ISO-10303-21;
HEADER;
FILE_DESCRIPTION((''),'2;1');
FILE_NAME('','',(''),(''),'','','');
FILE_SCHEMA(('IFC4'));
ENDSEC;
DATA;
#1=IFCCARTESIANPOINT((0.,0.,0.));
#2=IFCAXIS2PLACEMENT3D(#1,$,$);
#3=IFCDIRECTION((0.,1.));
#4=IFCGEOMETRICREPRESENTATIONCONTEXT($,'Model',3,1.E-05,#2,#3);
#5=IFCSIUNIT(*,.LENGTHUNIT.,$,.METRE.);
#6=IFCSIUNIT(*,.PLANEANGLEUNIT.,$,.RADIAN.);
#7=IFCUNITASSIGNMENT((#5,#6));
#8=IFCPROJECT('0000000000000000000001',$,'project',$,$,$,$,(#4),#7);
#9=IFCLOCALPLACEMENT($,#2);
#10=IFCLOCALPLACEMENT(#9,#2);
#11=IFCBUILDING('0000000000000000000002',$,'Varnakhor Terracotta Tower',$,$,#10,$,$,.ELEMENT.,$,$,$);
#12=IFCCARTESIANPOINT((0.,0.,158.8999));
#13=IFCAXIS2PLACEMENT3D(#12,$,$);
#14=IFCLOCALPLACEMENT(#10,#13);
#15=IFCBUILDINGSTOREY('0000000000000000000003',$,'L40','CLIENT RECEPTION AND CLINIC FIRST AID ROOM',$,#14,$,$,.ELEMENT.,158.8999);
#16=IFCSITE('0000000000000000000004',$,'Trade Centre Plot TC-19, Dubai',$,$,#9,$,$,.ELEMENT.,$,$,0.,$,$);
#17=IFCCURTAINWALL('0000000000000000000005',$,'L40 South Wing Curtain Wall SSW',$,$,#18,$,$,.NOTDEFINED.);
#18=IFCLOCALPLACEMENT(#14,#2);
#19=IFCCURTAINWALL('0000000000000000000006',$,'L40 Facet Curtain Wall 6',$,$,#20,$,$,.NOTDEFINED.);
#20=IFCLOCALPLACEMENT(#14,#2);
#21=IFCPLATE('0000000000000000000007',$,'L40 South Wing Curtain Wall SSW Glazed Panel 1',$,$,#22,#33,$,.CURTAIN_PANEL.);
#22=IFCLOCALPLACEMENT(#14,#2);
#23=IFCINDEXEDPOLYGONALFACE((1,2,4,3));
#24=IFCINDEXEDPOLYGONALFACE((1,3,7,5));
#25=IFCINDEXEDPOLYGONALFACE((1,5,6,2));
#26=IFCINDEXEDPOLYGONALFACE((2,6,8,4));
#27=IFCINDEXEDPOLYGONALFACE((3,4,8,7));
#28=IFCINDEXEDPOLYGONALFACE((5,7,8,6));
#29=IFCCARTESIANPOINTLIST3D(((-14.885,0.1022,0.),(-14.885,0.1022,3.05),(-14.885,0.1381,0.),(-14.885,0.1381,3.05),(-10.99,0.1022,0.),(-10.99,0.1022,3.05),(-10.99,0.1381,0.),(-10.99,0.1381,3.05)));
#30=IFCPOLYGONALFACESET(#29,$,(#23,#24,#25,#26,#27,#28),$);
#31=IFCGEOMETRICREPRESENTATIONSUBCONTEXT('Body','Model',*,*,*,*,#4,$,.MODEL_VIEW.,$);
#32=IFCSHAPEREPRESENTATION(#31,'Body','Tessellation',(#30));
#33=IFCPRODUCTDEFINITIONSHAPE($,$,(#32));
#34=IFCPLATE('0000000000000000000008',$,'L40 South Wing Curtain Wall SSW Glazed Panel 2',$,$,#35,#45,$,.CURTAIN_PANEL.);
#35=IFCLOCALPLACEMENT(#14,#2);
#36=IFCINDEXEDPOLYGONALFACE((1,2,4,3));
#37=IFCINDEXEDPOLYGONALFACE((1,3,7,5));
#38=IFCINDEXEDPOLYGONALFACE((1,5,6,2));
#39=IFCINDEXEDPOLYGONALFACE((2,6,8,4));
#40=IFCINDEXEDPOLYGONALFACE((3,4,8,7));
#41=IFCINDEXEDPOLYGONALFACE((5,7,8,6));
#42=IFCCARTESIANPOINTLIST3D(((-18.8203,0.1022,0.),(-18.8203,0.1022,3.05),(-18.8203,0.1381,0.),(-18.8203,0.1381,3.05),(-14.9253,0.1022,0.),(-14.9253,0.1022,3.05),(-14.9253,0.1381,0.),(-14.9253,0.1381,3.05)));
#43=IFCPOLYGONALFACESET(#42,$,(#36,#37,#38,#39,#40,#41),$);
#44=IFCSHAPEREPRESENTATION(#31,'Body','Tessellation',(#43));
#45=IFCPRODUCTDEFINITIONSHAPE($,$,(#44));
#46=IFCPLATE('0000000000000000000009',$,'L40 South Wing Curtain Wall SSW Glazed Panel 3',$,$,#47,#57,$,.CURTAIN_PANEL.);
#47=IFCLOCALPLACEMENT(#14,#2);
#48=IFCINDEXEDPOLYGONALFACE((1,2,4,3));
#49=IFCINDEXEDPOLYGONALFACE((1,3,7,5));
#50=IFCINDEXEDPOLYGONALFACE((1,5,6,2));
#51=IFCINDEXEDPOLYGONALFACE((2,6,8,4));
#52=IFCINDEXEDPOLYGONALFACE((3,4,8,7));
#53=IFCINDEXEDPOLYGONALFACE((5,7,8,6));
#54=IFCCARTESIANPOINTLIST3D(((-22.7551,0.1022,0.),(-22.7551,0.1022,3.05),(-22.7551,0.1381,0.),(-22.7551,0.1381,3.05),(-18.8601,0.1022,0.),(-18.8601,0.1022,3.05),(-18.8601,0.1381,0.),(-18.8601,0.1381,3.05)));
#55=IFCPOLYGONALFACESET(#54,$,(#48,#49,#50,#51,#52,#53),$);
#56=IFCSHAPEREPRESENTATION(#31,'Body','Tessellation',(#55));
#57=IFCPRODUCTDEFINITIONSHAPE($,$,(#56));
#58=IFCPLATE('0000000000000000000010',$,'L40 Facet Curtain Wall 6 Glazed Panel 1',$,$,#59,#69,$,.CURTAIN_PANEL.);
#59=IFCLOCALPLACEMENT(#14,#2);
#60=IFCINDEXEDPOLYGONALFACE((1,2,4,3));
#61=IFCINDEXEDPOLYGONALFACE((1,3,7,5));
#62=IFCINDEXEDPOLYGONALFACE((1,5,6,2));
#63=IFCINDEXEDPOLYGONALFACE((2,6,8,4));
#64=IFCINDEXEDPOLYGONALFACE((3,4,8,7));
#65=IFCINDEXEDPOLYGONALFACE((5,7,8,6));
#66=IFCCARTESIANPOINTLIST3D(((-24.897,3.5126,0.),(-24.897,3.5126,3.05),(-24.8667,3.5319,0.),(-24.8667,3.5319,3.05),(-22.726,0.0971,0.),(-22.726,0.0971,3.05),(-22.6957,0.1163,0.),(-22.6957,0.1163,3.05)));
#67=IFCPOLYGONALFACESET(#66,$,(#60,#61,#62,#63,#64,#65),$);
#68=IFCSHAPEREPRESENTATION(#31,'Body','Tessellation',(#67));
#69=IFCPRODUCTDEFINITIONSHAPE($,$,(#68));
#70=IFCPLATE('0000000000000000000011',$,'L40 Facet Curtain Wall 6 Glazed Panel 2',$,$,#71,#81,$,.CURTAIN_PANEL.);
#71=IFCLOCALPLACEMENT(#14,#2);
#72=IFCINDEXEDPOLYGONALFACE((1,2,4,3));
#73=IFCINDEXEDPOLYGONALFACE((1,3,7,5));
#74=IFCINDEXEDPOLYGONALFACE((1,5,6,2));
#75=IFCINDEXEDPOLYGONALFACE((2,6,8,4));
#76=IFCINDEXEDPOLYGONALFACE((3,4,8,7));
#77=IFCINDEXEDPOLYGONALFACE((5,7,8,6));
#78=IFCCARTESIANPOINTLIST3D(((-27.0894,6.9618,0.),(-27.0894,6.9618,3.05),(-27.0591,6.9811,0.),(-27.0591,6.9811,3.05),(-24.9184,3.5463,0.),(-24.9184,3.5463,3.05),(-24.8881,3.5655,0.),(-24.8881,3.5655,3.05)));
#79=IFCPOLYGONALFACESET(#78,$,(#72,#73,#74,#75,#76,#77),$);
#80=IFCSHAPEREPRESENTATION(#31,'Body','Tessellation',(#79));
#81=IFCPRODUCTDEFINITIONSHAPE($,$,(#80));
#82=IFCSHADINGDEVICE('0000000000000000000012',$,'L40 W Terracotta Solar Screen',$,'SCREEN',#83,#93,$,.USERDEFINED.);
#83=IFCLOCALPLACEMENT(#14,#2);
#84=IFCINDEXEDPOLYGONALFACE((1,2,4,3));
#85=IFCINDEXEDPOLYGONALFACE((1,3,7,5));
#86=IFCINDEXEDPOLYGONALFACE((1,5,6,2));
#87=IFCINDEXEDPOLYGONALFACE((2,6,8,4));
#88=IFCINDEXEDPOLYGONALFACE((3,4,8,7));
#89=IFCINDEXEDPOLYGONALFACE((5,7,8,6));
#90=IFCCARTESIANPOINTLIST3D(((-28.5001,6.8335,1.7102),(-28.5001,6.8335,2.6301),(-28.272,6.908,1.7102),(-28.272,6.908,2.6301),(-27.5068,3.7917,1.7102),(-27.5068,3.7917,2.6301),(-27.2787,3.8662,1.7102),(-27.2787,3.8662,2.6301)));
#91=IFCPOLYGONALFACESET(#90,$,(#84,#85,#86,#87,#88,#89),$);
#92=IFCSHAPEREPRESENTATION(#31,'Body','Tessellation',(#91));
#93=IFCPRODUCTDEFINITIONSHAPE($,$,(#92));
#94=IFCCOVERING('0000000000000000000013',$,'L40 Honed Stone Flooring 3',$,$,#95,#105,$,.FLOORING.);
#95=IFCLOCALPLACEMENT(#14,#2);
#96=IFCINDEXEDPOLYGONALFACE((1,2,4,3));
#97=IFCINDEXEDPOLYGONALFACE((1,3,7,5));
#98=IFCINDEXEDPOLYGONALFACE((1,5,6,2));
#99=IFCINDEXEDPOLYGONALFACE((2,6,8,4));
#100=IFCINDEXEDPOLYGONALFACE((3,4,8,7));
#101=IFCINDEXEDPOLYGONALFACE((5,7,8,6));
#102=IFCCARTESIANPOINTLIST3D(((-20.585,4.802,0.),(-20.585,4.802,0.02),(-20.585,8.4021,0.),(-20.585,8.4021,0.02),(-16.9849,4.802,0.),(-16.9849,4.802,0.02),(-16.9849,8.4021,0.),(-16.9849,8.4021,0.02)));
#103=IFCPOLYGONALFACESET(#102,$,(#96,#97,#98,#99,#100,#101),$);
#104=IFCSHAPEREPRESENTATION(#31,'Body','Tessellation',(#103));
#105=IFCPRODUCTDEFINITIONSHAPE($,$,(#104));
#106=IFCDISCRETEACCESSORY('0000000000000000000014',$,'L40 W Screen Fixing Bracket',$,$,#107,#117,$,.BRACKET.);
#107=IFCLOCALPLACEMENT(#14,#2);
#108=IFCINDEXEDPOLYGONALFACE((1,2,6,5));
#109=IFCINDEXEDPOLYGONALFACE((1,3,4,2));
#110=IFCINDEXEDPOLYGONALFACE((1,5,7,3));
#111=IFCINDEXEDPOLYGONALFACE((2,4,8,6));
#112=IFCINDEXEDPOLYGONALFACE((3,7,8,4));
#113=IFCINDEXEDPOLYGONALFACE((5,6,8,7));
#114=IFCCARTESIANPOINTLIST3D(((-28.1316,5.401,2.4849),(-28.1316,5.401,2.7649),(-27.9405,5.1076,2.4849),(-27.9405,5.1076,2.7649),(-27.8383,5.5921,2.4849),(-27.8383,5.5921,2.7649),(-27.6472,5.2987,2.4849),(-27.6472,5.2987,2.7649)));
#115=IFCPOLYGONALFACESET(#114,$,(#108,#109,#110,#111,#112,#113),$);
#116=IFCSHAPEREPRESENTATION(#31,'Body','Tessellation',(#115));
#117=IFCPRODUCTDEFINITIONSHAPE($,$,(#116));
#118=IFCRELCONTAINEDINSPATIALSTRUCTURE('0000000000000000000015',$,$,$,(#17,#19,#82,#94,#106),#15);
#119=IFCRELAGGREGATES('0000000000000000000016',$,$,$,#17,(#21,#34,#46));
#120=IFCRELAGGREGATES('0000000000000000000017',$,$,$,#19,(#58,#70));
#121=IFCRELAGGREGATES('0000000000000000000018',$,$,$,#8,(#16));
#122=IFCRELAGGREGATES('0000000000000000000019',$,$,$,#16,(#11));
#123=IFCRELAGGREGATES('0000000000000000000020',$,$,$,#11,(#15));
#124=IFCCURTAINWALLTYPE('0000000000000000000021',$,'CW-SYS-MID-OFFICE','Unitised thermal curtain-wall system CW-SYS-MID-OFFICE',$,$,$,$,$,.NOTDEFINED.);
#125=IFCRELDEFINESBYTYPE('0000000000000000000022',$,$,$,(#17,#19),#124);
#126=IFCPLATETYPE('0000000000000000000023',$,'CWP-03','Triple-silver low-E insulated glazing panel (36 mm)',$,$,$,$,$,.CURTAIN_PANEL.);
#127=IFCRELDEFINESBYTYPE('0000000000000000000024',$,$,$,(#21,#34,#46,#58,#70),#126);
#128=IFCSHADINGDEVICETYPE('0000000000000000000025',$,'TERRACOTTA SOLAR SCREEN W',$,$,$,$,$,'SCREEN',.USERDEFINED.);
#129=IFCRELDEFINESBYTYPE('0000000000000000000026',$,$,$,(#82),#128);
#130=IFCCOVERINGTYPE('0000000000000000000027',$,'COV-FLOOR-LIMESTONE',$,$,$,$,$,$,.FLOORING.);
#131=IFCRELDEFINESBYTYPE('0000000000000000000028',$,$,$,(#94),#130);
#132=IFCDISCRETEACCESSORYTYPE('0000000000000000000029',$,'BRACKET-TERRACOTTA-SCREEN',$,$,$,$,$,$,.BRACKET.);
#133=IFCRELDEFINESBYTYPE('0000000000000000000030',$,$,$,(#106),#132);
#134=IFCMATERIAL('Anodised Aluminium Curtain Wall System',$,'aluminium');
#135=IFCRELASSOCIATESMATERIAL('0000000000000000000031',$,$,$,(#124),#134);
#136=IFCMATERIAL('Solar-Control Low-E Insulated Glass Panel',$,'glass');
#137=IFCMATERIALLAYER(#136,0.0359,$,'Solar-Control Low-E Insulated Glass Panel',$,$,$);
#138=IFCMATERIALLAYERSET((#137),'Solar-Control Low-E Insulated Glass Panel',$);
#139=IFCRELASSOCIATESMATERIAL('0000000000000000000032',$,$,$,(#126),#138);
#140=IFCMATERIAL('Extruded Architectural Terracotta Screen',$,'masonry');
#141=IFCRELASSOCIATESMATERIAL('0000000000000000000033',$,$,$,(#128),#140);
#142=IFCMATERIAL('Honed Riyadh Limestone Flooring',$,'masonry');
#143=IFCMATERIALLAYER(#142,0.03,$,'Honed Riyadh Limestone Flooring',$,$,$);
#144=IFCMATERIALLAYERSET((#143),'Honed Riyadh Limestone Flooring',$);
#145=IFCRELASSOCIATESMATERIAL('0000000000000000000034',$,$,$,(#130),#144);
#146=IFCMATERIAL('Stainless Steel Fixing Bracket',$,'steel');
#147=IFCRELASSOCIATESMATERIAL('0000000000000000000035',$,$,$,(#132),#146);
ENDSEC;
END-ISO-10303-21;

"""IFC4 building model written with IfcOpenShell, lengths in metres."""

from ifc_helpers import new_model, si_unit, direction, frame, origin, origin_2d, place, context, subcontext, project, spatial, rectangle, extrude, source, transform, mapped, material, layer, layer_set, type_object, type_shapes, element, aggregate, save


model = new_model("IFC4")

# Units and contexts
model_context = context("Model", 3, precision=1e-05, world=origin(), true_north=direction((0.0, 1.0)))
body_context = subcontext(model_context, "Body", "Model", "MODEL_VIEW")
ifc_project = project(units=[si_unit("LENGTHUNIT", "METRE"), si_unit("PLANEANGLEUNIT", "RADIAN")], contexts=[model_context])

# Site, building, storey
site_placement = place(None, origin())
site = spatial("IfcSite", under=ifc_project, at=site_placement, Name="Trade Centre Plot TC-19, Dubai", CompositionType="ELEMENT", RefElevation=0.0)
building_placement = place(site_placement, origin())
building = spatial("IfcBuilding", under=site, at=building_placement, Name="Varnakhor Terracotta Tower", CompositionType="ELEMENT")
storey_placement = place(building_placement, frame((0.0, 0.0, 158.8999)))
storey = spatial("IfcBuildingStorey", under=building, at=storey_placement, Name="L40", Description="CLIENT RECEPTION AND CLINIC FIRST AID ROOM", CompositionType="ELEMENT", Elevation=158.8999)

# Curtain walls
ifc_material_1 = material(Name="Anodised Aluminium Curtain Wall System", Category="aluminium")
curtain_wall_type = type_object("IfcCurtainWallType", Name="CW-SYS-MID-OFFICE", Description="Unitised thermal curtain-wall system CW-SYS-MID-OFFICE", PredefinedType="NOTDEFINED", material=ifc_material_1)
curtain_wall_1_placement = place(storey_placement, origin())
curtain_wall_1 = element("IfcCurtainWall", 1, at=curtain_wall_1_placement, inside=storey, type_object=curtain_wall_type, Name="L40 South Wing Curtain Wall SSW", PredefinedType="NOTDEFINED")
curtain_wall_2_placement = place(storey_placement, origin())
curtain_wall_2 = element("IfcCurtainWall", 2, at=curtain_wall_2_placement, inside=storey, type_object=curtain_wall_type, Name="L40 Facet Curtain Wall 6", PredefinedType="NOTDEFINED")

# Plates
ifc_material_2 = material(Name="Solar-Control Low-E Insulated Glass Panel", Category="glass")
ifc_layer_1 = layer(ifc_material_2, 0.0359, Name="Solar-Control Low-E Insulated Glass Panel")
ifc_layer_set_1 = layer_set([ifc_layer_1], Name="Solar-Control Low-E Insulated Glass Panel")
plate_type = type_object("IfcPlateType", Name="CWP-03", Description="Triple-silver low-E insulated glazing panel (36 mm)", PredefinedType="CURTAIN_PANEL", material=ifc_layer_set_1)
shared_shape_1 = source(origin(), body_context, "Body", "SweptSolid", [
    extrude(rectangle(XDim=3.895, YDim=0.0359, at=origin_2d()), origin(), (0.0, 0.0, 1.0), 3.05),
])
plate_1_placement = place(storey_placement, frame((-12.9375, 0.1201, 0.0), z_axis=(0.0, 0.0, 1.0), x_axis=(-1.0, 0.0, 0.0)))
plate_1 = element("IfcPlate", 3, at=plate_1_placement, type_object=plate_type, Name="L40 South Wing Curtain Wall SSW Glazed Panel 1", PredefinedType="CURTAIN_PANEL", context=body_context, shape_type="MappedRepresentation", body=[
    mapped(shared_shape_1, transform((0.0, 0.0, 0.0), scale=1.0)),
])
plate_2_placement = place(storey_placement, frame((-16.8728, 0.1201, 0.0), z_axis=(0.0, 0.0, 1.0), x_axis=(-1.0, 0.0, 0.0)))
plate_2 = element("IfcPlate", 4, at=plate_2_placement, type_object=plate_type, Name="L40 South Wing Curtain Wall SSW Glazed Panel 2", PredefinedType="CURTAIN_PANEL", context=body_context, shape_type="MappedRepresentation", body=[
    mapped(shared_shape_1, transform((0.0, 0.0, 0.0), scale=1.0)),
])
plate_3_placement = place(storey_placement, frame((-20.8076, 0.1201, 0.0), z_axis=(0.0, 0.0, 1.0), x_axis=(-1.0, 0.0, 0.0)))
plate_3 = element("IfcPlate", 5, at=plate_3_placement, type_object=plate_type, Name="L40 South Wing Curtain Wall SSW Glazed Panel 3", PredefinedType="CURTAIN_PANEL", context=body_context, shape_type="MappedRepresentation", body=[
    mapped(shared_shape_1, transform((0.0, 0.0, 0.0), scale=1.0)),
])
aggregate(curtain_wall_1, [plate_1, plate_2, plate_3])
shared_shape_2 = source(origin(), body_context, "Body", "SweptSolid", [
    extrude(rectangle(XDim=4.0471, YDim=0.0359, at=origin_2d()), origin(), (0.0, 0.0, 1.0), 3.05),
])
plate_4_placement = place(storey_placement, frame((-23.7964, 1.8145, 0.0), z_axis=(0.0, 0.0, 1.0), x_axis=(-0.536431, 0.843944, 0.0)))
plate_4 = element("IfcPlate", 6, at=plate_4_placement, type_object=plate_type, Name="L40 Facet Curtain Wall 6 Glazed Panel 1", PredefinedType="CURTAIN_PANEL", context=body_context, shape_type="MappedRepresentation", body=[
    mapped(shared_shape_2, transform((0.0, 0.0, 0.0), scale=1.0)),
])
plate_5_placement = place(storey_placement, frame((-25.9888, 5.2637, 0.0), z_axis=(0.0, 0.0, 1.0), x_axis=(-0.536431, 0.843944, 0.0)))
plate_5 = element("IfcPlate", 7, at=plate_5_placement, type_object=plate_type, Name="L40 Facet Curtain Wall 6 Glazed Panel 2", PredefinedType="CURTAIN_PANEL", context=body_context, shape_type="MappedRepresentation", body=[
    mapped(shared_shape_2, transform((0.0, 0.0, 0.0), scale=1.0)),
])
aggregate(curtain_wall_2, [plate_4, plate_5])

# Shading device
ifc_material_3 = material(Name="Extruded Architectural Terracotta Screen", Category="masonry")
shading_device_type = type_object("IfcShadingDeviceType", Name="TERRACOTTA SOLAR SCREEN W", ElementType="SCREEN", PredefinedType="USERDEFINED", material=ifc_material_3)
shared_shape_3 = source(origin(), body_context, "Body", "SweptSolid", [
    extrude(rectangle(XDim=3.2, YDim=0.24, at=origin_2d()), origin(), (0.0, 0.0, 1.0), 0.9199),
])
type_shapes(shading_device_type, [shared_shape_3])
shading_device_placement = place(storey_placement, frame((-27.8894, 5.3499, 1.7102), z_axis=(0.0, 0.0, 1.0), x_axis=(0.310428, -0.950597, 0.0)))
element("IfcShadingDevice", 8, at=shading_device_placement, inside=storey, type_object=shading_device_type, Name="L40 W Terracotta Solar Screen", ObjectType="SCREEN", PredefinedType="USERDEFINED", context=body_context, shape_type="MappedRepresentation", body=[
    mapped(shared_shape_3, transform((0.0, 0.0, 0.0), scale=1.0)),
])

# Covering
ifc_material_4 = material(Name="Honed Riyadh Limestone Flooring", Category="masonry")
ifc_layer_2 = layer(ifc_material_4, 0.03, Name="Honed Riyadh Limestone Flooring")
ifc_layer_set_2 = layer_set([ifc_layer_2], Name="Honed Riyadh Limestone Flooring")
covering_type = type_object("IfcCoveringType", Name="COV-FLOOR-LIMESTONE", PredefinedType="FLOORING", material=ifc_layer_set_2)
shared_shape_4 = source(origin(), body_context, "Body", "SweptSolid", [
    extrude(rectangle(XDim=3.6001, YDim=3.6001, at=origin_2d()), origin(), (0.0, 0.0, 1.0), 0.02),
])
covering_placement = place(storey_placement, frame((-18.7849, 6.6021, 0.0), z_axis=(0.0, 0.0, 1.0), x_axis=(1.0, 0.0, 0.0)))
element("IfcCovering", 9, at=covering_placement, inside=storey, type_object=covering_type, Name="L40 Honed Stone Flooring 3", PredefinedType="FLOORING", context=body_context, shape_type="MappedRepresentation", body=[
    mapped(shared_shape_4, transform((0.0, 0.0, 0.0), scale=1.0)),
])

# Discrete accessory
ifc_material_5 = material(Name="Stainless Steel Fixing Bracket", Category="steel")
discrete_accessory_type = type_object("IfcDiscreteAccessoryType", Name="BRACKET-TERRACOTTA-SCREEN", PredefinedType="BRACKET", material=ifc_material_5)
shared_shape_5 = source(origin(), body_context, "Body", "SweptSolid", [
    extrude(rectangle(XDim=0.3501, YDim=0.3501, at=origin_2d()), origin(), (0.0, 0.0, 1.0), 0.28),
])
type_shapes(discrete_accessory_type, [shared_shape_5])
discrete_accessory_placement = place(storey_placement, frame((-27.8894, 5.3499, 2.4849), z_axis=(0.0, 0.0, 1.0), x_axis=(0.545883, -0.837862, 0.0)))
element("IfcDiscreteAccessory", 10, at=discrete_accessory_placement, inside=storey, type_object=discrete_accessory_type, Name="L40 W Screen Fixing Bracket", PredefinedType="BRACKET", context=body_context, shape_type="MappedRepresentation", body=[
    mapped(shared_shape_5, transform((0.0, 0.0, 0.0), scale=1.0)),
])

save(model, "model.ifc")
